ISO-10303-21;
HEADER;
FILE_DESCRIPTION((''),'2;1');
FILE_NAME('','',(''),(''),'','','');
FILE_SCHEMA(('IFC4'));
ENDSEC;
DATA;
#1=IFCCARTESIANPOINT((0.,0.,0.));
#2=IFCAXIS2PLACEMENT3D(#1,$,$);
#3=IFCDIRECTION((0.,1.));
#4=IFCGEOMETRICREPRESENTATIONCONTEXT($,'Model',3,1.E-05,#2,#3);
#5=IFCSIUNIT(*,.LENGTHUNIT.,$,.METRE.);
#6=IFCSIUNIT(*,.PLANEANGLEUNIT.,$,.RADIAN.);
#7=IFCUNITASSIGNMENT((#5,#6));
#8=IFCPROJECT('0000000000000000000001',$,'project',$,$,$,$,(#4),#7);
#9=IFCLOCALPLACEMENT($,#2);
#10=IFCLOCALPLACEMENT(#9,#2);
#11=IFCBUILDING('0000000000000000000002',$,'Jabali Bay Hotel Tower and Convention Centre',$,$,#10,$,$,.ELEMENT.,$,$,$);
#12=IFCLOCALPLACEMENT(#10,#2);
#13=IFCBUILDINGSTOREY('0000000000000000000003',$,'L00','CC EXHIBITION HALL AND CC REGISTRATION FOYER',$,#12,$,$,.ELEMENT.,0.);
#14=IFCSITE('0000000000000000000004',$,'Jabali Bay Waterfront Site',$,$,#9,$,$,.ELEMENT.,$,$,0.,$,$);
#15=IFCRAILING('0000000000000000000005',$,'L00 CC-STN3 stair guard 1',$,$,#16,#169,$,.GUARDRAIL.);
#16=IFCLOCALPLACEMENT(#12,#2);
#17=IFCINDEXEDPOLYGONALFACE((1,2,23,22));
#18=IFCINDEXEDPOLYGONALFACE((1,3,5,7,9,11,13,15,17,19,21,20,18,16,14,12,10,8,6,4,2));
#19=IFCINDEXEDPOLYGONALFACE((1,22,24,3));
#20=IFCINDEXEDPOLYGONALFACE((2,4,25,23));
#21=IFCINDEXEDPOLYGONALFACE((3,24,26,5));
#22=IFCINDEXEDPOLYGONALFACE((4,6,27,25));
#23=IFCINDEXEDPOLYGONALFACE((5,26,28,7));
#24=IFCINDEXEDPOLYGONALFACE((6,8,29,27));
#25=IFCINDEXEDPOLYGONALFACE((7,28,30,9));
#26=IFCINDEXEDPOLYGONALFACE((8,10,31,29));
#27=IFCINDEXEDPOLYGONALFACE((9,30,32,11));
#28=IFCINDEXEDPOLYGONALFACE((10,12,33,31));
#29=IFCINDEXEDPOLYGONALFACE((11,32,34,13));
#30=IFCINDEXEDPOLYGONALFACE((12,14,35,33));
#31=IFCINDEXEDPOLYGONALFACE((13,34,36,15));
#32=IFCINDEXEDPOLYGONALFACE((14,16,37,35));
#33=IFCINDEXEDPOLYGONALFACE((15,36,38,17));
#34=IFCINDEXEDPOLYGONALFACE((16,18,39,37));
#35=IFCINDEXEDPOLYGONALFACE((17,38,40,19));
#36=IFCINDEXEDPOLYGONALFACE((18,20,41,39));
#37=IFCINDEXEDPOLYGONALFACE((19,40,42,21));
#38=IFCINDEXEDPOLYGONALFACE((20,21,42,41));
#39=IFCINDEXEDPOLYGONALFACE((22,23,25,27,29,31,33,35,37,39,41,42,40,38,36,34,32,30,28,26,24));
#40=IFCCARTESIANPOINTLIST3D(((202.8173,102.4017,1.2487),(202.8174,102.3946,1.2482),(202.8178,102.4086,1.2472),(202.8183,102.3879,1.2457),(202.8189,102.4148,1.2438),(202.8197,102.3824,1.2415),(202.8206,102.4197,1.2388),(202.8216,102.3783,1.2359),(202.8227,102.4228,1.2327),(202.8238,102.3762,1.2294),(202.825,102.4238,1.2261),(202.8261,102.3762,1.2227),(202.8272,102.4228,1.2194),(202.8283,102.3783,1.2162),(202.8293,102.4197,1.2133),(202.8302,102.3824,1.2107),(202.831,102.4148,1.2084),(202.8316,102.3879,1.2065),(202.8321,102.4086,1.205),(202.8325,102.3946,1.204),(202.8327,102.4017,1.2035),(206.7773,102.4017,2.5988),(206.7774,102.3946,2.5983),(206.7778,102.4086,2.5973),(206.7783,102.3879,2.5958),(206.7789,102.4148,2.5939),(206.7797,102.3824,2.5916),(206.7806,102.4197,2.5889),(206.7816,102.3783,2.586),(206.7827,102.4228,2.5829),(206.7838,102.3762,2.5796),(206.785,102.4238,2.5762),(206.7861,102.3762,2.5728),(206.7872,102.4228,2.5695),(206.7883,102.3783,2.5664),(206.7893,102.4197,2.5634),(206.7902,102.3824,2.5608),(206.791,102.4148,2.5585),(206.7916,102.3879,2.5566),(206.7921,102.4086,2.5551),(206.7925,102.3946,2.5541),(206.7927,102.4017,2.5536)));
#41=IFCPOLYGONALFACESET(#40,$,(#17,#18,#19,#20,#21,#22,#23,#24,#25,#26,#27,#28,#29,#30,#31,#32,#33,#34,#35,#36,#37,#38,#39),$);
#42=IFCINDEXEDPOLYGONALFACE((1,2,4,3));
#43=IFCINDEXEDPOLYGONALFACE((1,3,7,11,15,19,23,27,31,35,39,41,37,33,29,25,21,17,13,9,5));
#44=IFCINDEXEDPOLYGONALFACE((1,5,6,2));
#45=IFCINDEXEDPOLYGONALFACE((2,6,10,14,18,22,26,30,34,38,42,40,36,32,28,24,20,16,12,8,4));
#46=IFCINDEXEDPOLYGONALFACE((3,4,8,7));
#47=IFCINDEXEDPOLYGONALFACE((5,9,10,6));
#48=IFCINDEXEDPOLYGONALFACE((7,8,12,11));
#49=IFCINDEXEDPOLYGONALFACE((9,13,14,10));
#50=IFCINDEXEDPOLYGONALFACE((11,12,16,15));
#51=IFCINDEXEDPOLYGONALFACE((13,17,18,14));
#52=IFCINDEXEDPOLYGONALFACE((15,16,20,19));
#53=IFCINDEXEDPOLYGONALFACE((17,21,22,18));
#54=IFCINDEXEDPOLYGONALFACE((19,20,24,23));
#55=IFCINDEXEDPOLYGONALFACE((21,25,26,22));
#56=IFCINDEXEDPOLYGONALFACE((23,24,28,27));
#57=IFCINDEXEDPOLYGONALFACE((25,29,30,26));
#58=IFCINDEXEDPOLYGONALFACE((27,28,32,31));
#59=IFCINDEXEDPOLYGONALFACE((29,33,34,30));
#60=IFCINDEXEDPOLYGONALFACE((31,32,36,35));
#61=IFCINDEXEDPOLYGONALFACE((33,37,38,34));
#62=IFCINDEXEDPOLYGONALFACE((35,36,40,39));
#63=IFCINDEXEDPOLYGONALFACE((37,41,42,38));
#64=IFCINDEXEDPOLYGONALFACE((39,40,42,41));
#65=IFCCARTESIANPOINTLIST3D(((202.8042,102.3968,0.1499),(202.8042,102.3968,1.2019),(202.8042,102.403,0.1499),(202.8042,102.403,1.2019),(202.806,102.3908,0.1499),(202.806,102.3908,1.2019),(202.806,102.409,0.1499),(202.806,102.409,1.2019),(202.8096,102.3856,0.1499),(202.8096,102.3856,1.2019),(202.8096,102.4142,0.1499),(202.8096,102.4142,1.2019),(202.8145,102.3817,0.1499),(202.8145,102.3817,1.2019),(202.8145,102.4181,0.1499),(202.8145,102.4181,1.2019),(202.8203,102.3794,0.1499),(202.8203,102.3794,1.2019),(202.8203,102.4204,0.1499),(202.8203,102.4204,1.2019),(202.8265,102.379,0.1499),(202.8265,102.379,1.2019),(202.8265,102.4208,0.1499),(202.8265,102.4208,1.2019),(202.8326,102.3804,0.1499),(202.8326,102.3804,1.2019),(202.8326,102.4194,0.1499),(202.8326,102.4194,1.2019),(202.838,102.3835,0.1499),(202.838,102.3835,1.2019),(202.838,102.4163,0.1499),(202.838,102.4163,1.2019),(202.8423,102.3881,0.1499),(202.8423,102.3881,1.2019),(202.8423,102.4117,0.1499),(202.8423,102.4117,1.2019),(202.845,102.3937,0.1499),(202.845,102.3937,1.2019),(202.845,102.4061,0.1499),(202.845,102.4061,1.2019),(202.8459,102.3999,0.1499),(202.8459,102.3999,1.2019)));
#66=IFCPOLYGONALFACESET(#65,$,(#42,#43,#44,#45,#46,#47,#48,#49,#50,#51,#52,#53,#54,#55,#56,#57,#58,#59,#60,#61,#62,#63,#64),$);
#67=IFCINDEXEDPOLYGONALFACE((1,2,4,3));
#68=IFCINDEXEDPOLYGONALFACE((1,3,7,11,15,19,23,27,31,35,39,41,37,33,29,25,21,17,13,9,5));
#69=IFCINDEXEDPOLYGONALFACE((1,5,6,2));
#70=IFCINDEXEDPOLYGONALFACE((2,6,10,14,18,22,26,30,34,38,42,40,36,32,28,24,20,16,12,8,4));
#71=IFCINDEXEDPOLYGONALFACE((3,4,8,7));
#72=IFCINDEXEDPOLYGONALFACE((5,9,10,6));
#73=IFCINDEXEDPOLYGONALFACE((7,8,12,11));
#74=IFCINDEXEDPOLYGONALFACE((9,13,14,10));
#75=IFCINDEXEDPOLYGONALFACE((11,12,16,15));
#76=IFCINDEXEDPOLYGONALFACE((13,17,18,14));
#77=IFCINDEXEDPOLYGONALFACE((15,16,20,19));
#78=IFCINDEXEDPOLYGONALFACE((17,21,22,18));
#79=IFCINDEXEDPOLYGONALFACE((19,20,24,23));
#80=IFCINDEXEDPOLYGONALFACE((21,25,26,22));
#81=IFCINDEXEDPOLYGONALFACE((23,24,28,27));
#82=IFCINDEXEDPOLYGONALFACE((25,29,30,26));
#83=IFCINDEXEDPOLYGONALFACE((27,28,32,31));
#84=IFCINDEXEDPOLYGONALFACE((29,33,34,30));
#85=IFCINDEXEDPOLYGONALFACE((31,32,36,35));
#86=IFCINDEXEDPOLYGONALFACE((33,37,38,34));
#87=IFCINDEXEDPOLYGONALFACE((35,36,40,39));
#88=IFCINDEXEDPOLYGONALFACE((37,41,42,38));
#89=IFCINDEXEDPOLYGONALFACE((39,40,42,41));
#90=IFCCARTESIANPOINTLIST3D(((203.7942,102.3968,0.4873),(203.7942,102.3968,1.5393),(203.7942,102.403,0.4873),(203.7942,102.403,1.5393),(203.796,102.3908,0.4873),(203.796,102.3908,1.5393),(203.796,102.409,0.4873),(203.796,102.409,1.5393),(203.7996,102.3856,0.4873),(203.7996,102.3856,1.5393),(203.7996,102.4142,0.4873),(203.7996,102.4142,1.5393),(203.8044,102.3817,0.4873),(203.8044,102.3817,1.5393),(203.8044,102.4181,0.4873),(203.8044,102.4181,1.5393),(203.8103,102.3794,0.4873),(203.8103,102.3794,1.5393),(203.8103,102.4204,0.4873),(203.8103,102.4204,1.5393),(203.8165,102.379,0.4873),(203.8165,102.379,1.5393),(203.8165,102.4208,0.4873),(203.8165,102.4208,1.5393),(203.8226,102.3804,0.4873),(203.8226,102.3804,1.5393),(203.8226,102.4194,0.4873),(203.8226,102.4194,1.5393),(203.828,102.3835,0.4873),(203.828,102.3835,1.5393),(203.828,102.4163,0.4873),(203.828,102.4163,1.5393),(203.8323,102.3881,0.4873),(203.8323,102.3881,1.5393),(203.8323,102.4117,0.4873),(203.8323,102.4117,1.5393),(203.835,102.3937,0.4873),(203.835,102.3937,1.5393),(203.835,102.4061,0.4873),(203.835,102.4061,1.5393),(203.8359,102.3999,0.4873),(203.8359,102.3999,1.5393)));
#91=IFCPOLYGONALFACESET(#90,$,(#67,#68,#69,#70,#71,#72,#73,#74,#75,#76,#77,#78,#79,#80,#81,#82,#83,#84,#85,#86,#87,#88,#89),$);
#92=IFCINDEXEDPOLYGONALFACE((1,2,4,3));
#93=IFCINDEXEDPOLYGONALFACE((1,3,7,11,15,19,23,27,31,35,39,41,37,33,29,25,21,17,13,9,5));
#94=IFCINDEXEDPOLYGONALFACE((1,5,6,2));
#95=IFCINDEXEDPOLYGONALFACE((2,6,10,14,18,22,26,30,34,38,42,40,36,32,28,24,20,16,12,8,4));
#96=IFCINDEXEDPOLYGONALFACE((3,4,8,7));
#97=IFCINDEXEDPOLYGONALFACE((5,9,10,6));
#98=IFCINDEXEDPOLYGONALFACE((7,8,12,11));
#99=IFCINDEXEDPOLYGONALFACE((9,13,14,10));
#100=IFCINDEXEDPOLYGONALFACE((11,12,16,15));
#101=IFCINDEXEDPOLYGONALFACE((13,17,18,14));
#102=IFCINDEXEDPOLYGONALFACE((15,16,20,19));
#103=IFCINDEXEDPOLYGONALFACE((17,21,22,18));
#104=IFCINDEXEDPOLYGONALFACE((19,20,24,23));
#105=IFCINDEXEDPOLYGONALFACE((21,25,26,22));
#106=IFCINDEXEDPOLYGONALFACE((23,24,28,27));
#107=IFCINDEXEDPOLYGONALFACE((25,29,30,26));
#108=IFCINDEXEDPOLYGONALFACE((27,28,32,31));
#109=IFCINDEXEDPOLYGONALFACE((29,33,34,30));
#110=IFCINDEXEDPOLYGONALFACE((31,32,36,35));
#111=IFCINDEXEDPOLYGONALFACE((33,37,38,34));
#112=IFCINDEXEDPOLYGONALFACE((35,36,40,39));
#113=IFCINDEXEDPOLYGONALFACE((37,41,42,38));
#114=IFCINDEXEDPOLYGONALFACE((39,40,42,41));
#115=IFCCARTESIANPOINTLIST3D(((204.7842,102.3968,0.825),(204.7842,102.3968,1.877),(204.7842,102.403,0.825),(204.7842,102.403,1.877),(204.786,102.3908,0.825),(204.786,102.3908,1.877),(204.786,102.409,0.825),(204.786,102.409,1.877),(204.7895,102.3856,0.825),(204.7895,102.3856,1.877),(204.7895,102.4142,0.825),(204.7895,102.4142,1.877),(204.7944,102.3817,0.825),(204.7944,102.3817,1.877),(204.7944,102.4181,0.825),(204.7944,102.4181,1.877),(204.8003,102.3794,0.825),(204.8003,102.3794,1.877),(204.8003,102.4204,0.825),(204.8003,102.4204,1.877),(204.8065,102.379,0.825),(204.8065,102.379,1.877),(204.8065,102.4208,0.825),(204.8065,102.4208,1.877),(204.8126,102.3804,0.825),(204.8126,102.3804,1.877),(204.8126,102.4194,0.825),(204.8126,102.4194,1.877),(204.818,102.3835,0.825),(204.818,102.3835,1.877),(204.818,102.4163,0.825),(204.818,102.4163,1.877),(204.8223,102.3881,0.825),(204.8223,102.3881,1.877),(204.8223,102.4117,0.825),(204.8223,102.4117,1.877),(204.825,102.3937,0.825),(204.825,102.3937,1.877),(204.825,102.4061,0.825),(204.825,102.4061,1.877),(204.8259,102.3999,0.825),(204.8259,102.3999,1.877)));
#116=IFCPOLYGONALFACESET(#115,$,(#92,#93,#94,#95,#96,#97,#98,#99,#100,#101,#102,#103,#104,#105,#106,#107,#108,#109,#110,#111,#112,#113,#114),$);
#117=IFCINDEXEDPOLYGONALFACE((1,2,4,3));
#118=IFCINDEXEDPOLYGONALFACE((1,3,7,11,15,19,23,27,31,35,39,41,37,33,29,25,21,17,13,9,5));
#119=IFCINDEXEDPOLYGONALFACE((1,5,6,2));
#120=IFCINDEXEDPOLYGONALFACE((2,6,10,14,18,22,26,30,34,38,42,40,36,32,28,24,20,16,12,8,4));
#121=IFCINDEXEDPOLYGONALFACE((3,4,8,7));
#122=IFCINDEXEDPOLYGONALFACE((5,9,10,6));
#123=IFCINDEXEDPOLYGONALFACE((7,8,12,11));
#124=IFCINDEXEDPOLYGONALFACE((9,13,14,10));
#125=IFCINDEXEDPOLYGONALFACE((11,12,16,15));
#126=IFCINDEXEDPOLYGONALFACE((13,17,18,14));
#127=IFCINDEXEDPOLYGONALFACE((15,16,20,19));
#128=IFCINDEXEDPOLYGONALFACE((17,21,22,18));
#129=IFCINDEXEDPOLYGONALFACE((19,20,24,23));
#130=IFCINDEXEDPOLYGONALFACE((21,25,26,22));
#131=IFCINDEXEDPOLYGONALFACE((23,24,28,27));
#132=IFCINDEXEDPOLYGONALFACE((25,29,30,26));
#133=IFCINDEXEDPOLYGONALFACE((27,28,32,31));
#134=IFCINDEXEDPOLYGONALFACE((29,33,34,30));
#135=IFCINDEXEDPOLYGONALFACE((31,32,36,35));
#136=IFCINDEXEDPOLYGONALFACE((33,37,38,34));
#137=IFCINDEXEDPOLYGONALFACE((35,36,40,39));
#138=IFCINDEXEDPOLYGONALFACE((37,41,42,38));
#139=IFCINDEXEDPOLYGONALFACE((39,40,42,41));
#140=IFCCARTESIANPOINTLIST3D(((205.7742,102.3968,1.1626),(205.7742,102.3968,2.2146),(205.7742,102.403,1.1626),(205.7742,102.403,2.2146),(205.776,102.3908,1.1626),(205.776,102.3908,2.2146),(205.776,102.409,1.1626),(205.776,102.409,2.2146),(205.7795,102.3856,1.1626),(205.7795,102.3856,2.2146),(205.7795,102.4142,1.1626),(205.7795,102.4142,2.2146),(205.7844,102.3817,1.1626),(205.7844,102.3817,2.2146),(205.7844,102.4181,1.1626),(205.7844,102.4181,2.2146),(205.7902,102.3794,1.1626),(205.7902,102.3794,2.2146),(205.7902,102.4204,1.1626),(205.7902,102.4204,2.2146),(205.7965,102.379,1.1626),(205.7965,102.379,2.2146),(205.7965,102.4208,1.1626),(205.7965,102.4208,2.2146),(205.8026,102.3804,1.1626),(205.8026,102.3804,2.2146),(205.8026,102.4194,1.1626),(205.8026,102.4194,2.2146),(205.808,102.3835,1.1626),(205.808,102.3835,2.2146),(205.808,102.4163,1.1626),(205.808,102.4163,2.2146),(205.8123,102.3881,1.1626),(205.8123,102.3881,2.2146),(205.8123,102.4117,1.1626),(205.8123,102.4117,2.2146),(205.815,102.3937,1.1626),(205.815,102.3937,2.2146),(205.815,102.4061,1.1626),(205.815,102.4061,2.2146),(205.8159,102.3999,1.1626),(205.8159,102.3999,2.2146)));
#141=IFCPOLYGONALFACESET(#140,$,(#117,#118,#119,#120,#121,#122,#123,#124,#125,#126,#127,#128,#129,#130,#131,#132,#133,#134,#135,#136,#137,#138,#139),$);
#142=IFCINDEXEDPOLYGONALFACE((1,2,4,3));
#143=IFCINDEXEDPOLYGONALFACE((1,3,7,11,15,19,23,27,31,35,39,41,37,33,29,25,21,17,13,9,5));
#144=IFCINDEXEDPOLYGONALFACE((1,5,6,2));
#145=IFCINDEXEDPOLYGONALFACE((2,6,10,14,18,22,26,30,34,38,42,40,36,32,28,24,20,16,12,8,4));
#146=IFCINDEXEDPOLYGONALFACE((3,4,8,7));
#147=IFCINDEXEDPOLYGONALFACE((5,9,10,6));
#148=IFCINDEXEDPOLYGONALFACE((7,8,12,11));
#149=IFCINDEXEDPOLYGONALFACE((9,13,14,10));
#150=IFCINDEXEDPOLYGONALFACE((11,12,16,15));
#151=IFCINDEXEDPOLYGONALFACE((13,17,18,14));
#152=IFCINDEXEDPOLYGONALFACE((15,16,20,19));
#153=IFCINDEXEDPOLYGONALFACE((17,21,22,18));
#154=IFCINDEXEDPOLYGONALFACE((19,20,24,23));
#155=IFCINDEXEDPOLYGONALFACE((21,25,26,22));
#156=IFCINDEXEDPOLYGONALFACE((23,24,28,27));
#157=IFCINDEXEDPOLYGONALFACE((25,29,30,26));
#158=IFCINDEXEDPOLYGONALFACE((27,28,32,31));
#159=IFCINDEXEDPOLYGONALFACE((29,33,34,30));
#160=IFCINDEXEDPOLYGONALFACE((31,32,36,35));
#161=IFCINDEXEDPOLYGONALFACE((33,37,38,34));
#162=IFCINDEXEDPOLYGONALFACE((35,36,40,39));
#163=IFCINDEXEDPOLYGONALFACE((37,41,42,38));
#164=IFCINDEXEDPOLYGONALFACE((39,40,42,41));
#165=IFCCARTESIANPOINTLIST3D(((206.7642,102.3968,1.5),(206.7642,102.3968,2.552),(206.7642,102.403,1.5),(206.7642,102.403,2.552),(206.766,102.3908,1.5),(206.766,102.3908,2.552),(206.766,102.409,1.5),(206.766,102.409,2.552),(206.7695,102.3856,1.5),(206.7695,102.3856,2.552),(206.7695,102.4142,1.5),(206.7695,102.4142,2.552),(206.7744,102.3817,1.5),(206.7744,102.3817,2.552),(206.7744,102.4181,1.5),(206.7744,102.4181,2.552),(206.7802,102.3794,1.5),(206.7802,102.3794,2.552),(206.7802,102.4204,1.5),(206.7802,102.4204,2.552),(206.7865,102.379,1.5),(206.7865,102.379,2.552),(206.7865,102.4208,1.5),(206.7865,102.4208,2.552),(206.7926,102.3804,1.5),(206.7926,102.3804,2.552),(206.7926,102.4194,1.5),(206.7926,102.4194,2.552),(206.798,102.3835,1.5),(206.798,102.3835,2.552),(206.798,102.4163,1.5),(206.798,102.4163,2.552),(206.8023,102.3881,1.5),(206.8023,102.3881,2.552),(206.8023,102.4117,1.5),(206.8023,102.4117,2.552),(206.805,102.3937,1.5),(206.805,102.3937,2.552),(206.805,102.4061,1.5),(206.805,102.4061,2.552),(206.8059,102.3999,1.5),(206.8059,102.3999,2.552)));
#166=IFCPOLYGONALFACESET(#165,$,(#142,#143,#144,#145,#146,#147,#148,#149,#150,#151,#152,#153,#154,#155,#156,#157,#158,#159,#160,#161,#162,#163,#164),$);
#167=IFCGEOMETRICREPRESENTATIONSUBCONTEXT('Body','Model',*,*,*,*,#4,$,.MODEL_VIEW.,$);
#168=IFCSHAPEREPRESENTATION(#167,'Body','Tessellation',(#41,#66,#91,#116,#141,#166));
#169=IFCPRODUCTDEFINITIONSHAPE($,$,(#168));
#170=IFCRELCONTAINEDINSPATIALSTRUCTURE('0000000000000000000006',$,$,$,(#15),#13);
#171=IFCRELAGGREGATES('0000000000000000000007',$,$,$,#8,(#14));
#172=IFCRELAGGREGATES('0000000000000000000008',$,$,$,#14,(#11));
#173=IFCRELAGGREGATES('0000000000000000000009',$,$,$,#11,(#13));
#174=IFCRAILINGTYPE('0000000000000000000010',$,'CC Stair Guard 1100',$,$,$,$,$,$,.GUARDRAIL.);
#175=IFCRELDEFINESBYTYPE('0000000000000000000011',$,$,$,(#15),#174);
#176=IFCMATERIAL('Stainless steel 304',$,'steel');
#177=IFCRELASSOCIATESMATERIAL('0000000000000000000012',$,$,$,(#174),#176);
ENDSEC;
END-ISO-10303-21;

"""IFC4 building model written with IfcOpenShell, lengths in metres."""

from ifc_helpers import new_model, si_unit, direction, frame, origin, origin_2d, place, context, subcontext, project, spatial, circle, extrude, material, type_object, element, save


model = new_model("IFC4")

# Units and contexts
model_context = context("Model", 3, precision=1e-05, world=origin(), true_north=direction((0.0, 1.0)))
body_context = subcontext(model_context, "Body", "Model", "MODEL_VIEW")
ifc_project = project(units=[si_unit("LENGTHUNIT", "METRE"), si_unit("PLANEANGLEUNIT", "RADIAN")], contexts=[model_context])

# Site, building, storey
site_placement = place(None, origin())
site = spatial("IfcSite", under=ifc_project, at=site_placement, Name="Jabali Bay Waterfront Site", CompositionType="ELEMENT", RefElevation=0.0)
building_placement = place(site_placement, origin())
building = spatial("IfcBuilding", under=site, at=building_placement, Name="Jabali Bay Hotel Tower and Convention Centre", CompositionType="ELEMENT")
storey_placement = place(building_placement, origin())
storey = spatial("IfcBuildingStorey", under=building, at=storey_placement, Name="L00", Description="CC EXHIBITION HALL AND CC REGISTRATION FOYER", CompositionType="ELEMENT", Elevation=0.0)

# Railing
ifc_material_1 = material(Name="Stainless steel 304", Category="steel")
railing_type_1 = type_object("IfcRailingType", Name="CC Stair Guard 1100", PredefinedType="GUARDRAIL", material=ifc_material_1)
railing_1_placement = place(storey_placement, frame((202.825, 102.3999, 0.1499)))
element("IfcRailing", 1, at=railing_1_placement, inside=storey, type_object=railing_type_1, Name="L00 CC-STN3 stair guard 1", PredefinedType="GUARDRAIL", context=body_context, shape_type="SweptSolid", body=[
    extrude(circle(Radius=0.0239, at=origin_2d()), frame((0.0, 0.0, 1.0762), z_axis=(0.946502, 0.0, 0.322698), x_axis=(0.0, 1.0, 0.0)), (0.0, 0.0, 1.0), 4.1838),
    extrude(circle(Radius=0.021, at=origin_2d()), origin(), (0.0, 0.0, 1.0), 1.052),
    extrude(circle(Radius=0.021, at=origin_2d()), frame((0.99, 0.0, 0.3374)), (0.0, 0.0, 1.0), 1.052),
    extrude(circle(Radius=0.021, at=origin_2d()), frame((1.98, 0.0, 0.675)), (0.0, 0.0, 1.0), 1.052),
    extrude(circle(Radius=0.021, at=origin_2d()), frame((2.97, 0.0, 1.0127)), (0.0, 0.0, 1.0), 1.052),
    extrude(circle(Radius=0.021, at=origin_2d()), frame((3.96, 0.0, 1.3501)), (0.0, 0.0, 1.0), 1.052),
])

save(model, "model.ifc")
